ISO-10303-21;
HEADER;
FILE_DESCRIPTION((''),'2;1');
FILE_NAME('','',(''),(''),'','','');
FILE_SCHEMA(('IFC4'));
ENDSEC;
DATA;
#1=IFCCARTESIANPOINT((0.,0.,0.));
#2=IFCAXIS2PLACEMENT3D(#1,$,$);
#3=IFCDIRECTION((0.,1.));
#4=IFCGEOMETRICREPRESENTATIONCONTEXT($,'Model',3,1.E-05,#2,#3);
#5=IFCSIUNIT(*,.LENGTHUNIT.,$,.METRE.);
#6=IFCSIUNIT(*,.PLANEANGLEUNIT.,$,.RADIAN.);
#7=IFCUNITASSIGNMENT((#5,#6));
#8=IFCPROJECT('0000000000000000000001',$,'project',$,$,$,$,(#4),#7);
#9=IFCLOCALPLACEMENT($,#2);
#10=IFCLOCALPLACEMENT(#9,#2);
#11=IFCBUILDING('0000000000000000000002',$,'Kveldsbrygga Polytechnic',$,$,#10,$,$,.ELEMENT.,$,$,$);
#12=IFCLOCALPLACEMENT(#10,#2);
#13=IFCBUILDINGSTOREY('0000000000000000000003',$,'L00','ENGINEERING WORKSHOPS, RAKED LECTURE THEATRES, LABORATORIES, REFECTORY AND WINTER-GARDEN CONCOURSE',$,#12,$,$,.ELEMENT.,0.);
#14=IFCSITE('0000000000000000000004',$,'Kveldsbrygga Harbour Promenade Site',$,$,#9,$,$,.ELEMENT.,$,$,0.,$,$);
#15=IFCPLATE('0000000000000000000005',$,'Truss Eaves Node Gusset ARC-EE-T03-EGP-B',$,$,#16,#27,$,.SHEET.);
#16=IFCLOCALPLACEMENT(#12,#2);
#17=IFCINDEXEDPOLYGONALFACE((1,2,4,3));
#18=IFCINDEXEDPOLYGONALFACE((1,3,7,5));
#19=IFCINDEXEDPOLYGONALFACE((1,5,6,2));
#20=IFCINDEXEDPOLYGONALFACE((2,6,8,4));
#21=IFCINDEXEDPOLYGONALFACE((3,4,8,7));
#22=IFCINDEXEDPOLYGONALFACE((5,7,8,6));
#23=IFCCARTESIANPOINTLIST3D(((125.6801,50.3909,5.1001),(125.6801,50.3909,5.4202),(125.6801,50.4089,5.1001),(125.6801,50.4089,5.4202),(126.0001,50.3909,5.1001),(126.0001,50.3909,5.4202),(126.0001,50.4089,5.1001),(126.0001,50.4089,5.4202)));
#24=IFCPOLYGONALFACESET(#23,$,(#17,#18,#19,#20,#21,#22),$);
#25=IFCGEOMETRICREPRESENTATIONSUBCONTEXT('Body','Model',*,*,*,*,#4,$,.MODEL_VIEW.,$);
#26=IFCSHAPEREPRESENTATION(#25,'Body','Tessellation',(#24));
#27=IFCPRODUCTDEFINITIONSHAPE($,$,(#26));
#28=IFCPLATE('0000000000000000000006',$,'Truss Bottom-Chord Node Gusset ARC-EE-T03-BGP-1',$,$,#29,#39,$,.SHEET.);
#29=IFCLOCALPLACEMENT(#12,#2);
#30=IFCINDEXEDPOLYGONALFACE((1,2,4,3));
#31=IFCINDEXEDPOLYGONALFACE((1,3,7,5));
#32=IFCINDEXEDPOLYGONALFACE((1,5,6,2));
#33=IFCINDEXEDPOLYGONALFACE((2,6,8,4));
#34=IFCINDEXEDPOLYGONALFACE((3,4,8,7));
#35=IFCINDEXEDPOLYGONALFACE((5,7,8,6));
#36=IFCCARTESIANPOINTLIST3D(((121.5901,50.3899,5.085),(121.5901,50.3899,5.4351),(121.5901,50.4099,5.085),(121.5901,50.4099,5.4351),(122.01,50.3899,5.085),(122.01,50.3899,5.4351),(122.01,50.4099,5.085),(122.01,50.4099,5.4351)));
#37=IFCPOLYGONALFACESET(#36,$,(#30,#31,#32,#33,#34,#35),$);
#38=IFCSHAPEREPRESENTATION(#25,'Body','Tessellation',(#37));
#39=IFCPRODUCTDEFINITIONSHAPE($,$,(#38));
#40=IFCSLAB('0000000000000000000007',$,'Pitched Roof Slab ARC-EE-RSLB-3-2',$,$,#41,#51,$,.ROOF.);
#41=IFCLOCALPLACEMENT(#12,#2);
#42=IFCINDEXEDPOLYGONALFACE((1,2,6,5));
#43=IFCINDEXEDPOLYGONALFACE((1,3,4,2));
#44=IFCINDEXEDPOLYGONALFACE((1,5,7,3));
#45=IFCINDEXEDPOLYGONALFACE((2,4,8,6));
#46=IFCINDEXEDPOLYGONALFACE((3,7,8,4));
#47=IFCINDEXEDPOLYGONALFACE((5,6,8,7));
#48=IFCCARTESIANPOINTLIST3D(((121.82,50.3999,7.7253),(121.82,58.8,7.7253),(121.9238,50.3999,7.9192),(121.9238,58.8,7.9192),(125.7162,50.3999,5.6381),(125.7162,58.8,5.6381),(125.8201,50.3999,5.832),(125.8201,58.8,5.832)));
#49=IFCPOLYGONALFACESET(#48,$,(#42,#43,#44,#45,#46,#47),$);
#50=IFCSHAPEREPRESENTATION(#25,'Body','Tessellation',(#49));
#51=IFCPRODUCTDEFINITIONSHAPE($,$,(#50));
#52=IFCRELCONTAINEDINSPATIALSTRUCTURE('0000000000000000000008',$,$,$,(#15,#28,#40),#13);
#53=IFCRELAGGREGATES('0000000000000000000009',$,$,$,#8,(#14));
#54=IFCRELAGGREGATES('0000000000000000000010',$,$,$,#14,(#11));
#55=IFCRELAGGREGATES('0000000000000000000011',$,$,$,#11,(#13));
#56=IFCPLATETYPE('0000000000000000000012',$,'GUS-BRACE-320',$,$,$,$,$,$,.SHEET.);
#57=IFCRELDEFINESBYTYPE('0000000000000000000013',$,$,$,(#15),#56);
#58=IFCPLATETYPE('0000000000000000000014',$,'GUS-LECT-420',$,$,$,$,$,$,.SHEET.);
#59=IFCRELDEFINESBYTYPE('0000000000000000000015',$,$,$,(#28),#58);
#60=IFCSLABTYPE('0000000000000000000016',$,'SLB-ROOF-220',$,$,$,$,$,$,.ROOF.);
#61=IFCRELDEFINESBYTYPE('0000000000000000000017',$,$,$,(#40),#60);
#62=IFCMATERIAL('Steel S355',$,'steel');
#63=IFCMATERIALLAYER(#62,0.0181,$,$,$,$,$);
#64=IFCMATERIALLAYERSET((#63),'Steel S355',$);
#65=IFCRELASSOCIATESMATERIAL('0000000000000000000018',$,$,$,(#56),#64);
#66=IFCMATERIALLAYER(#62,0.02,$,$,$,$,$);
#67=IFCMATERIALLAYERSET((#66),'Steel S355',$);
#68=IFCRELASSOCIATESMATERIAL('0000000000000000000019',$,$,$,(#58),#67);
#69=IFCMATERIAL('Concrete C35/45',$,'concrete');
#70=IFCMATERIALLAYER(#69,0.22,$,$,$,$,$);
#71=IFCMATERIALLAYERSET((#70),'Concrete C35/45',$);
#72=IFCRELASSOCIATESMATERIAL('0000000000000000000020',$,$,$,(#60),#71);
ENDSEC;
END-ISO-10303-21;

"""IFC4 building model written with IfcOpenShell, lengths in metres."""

from ifc_helpers import new_model, si_unit, direction, frame, origin, origin_2d, place, context, subcontext, project, spatial, polyline, rectangle, outline, extrude, material, layer, layer_set, type_object, element, save


model = new_model("IFC4")

# Units and contexts
model_context = context("Model", 3, precision=1e-05, world=origin(), true_north=direction((0.0, 1.0)))
body_context = subcontext(model_context, "Body", "Model", "MODEL_VIEW")
ifc_project = project(units=[si_unit("LENGTHUNIT", "METRE"), si_unit("PLANEANGLEUNIT", "RADIAN")], contexts=[model_context])

# Site, building, storey
site_placement = place(None, origin())
site = spatial("IfcSite", under=ifc_project, at=site_placement, Name="Kveldsbrygga Harbour Promenade Site", CompositionType="ELEMENT", RefElevation=0.0)
building_placement = place(site_placement, origin())
building = spatial("IfcBuilding", under=site, at=building_placement, Name="Kveldsbrygga Polytechnic", CompositionType="ELEMENT")
storey_placement = place(building_placement, origin())
storey = spatial("IfcBuildingStorey", under=building, at=storey_placement, Name="L00", Description="ENGINEERING WORKSHOPS, RAKED LECTURE THEATRES, LABORATORIES, REFECTORY AND WINTER-GARDEN CONCOURSE", CompositionType="ELEMENT", Elevation=0.0)

# Shared definitions
ifc_material_1 = material(Name="Concrete C35/45", Category="concrete")

# Shared definitions
ifc_material_2 = material(Name="Steel S355", Category="steel")

# Plates
ifc_layer_1 = layer(ifc_material_2, 0.0181)
ifc_layer_set_1 = layer_set([ifc_layer_1], Name="Steel S355")
plate_type_1 = type_object("IfcPlateType", Name="GUS-BRACE-320", PredefinedType="SHEET", material=ifc_layer_set_1)
plate_1_placement = place(storey_placement, frame((125.8401, 50.3999, 5.1001), z_axis=(0.0, 0.0, 1.0), x_axis=(1.0, 0.0, 0.0)))
element("IfcPlate", 1, at=plate_1_placement, inside=storey, type_object=plate_type_1, Name="Truss Eaves Node Gusset ARC-EE-T03-EGP-B", PredefinedType="SHEET", context=body_context, shape_type="SweptSolid", body=[
    extrude(rectangle(XDim=0.3201, YDim=0.0181, at=origin_2d()), origin(), (0.0, 0.0, 1.0), 0.3201),
])
ifc_layer_2 = layer(ifc_material_2, 0.02)
ifc_layer_set_2 = layer_set([ifc_layer_2], Name="Steel S355")
plate_type_2 = type_object("IfcPlateType", Name="GUS-LECT-420", PredefinedType="SHEET", material=ifc_layer_set_2)
plate_2_placement = place(storey_placement, frame((121.8, 50.3999, 5.085), z_axis=(0.0, 0.0, 1.0), x_axis=(1.0, 0.0, 0.0)))
element("IfcPlate", 2, at=plate_2_placement, inside=storey, type_object=plate_type_2, Name="Truss Bottom-Chord Node Gusset ARC-EE-T03-BGP-1", PredefinedType="SHEET", context=body_context, shape_type="SweptSolid", body=[
    extrude(rectangle(XDim=0.4199, YDim=0.02, at=origin_2d()), origin(), (0.0, 0.0, 1.0), 0.3501),
])

# Slab
ifc_layer_3 = layer(ifc_material_1, 0.22)
ifc_layer_set_3 = layer_set([ifc_layer_3], Name="Concrete C35/45")
slab_type = type_object("IfcSlabType", Name="SLB-ROOF-220", PredefinedType="ROOF", material=ifc_layer_set_3)
slab_placement = place(storey_placement, frame((121.9238, 50.3999, 7.9192), z_axis=(0.472201, 0.0, 0.881491), x_axis=(0.881491, 0.0, -0.472201)))
element("IfcSlab", 3, at=slab_placement, inside=storey, type_object=slab_type, Name="Pitched Roof Slab ARC-EE-RSLB-3-2", PredefinedType="ROOF", context=body_context, shape_type="SweptSolid", body=[
    extrude(outline(polyline([(0.0, 0.0), (4.4201, 0.0), (4.4201, 8.4001), (0.0, 8.4001), (0.0, 0.0)])), origin(), (0.0, 0.0, -1.0), 0.22),
])

save(model, "model.ifc")
